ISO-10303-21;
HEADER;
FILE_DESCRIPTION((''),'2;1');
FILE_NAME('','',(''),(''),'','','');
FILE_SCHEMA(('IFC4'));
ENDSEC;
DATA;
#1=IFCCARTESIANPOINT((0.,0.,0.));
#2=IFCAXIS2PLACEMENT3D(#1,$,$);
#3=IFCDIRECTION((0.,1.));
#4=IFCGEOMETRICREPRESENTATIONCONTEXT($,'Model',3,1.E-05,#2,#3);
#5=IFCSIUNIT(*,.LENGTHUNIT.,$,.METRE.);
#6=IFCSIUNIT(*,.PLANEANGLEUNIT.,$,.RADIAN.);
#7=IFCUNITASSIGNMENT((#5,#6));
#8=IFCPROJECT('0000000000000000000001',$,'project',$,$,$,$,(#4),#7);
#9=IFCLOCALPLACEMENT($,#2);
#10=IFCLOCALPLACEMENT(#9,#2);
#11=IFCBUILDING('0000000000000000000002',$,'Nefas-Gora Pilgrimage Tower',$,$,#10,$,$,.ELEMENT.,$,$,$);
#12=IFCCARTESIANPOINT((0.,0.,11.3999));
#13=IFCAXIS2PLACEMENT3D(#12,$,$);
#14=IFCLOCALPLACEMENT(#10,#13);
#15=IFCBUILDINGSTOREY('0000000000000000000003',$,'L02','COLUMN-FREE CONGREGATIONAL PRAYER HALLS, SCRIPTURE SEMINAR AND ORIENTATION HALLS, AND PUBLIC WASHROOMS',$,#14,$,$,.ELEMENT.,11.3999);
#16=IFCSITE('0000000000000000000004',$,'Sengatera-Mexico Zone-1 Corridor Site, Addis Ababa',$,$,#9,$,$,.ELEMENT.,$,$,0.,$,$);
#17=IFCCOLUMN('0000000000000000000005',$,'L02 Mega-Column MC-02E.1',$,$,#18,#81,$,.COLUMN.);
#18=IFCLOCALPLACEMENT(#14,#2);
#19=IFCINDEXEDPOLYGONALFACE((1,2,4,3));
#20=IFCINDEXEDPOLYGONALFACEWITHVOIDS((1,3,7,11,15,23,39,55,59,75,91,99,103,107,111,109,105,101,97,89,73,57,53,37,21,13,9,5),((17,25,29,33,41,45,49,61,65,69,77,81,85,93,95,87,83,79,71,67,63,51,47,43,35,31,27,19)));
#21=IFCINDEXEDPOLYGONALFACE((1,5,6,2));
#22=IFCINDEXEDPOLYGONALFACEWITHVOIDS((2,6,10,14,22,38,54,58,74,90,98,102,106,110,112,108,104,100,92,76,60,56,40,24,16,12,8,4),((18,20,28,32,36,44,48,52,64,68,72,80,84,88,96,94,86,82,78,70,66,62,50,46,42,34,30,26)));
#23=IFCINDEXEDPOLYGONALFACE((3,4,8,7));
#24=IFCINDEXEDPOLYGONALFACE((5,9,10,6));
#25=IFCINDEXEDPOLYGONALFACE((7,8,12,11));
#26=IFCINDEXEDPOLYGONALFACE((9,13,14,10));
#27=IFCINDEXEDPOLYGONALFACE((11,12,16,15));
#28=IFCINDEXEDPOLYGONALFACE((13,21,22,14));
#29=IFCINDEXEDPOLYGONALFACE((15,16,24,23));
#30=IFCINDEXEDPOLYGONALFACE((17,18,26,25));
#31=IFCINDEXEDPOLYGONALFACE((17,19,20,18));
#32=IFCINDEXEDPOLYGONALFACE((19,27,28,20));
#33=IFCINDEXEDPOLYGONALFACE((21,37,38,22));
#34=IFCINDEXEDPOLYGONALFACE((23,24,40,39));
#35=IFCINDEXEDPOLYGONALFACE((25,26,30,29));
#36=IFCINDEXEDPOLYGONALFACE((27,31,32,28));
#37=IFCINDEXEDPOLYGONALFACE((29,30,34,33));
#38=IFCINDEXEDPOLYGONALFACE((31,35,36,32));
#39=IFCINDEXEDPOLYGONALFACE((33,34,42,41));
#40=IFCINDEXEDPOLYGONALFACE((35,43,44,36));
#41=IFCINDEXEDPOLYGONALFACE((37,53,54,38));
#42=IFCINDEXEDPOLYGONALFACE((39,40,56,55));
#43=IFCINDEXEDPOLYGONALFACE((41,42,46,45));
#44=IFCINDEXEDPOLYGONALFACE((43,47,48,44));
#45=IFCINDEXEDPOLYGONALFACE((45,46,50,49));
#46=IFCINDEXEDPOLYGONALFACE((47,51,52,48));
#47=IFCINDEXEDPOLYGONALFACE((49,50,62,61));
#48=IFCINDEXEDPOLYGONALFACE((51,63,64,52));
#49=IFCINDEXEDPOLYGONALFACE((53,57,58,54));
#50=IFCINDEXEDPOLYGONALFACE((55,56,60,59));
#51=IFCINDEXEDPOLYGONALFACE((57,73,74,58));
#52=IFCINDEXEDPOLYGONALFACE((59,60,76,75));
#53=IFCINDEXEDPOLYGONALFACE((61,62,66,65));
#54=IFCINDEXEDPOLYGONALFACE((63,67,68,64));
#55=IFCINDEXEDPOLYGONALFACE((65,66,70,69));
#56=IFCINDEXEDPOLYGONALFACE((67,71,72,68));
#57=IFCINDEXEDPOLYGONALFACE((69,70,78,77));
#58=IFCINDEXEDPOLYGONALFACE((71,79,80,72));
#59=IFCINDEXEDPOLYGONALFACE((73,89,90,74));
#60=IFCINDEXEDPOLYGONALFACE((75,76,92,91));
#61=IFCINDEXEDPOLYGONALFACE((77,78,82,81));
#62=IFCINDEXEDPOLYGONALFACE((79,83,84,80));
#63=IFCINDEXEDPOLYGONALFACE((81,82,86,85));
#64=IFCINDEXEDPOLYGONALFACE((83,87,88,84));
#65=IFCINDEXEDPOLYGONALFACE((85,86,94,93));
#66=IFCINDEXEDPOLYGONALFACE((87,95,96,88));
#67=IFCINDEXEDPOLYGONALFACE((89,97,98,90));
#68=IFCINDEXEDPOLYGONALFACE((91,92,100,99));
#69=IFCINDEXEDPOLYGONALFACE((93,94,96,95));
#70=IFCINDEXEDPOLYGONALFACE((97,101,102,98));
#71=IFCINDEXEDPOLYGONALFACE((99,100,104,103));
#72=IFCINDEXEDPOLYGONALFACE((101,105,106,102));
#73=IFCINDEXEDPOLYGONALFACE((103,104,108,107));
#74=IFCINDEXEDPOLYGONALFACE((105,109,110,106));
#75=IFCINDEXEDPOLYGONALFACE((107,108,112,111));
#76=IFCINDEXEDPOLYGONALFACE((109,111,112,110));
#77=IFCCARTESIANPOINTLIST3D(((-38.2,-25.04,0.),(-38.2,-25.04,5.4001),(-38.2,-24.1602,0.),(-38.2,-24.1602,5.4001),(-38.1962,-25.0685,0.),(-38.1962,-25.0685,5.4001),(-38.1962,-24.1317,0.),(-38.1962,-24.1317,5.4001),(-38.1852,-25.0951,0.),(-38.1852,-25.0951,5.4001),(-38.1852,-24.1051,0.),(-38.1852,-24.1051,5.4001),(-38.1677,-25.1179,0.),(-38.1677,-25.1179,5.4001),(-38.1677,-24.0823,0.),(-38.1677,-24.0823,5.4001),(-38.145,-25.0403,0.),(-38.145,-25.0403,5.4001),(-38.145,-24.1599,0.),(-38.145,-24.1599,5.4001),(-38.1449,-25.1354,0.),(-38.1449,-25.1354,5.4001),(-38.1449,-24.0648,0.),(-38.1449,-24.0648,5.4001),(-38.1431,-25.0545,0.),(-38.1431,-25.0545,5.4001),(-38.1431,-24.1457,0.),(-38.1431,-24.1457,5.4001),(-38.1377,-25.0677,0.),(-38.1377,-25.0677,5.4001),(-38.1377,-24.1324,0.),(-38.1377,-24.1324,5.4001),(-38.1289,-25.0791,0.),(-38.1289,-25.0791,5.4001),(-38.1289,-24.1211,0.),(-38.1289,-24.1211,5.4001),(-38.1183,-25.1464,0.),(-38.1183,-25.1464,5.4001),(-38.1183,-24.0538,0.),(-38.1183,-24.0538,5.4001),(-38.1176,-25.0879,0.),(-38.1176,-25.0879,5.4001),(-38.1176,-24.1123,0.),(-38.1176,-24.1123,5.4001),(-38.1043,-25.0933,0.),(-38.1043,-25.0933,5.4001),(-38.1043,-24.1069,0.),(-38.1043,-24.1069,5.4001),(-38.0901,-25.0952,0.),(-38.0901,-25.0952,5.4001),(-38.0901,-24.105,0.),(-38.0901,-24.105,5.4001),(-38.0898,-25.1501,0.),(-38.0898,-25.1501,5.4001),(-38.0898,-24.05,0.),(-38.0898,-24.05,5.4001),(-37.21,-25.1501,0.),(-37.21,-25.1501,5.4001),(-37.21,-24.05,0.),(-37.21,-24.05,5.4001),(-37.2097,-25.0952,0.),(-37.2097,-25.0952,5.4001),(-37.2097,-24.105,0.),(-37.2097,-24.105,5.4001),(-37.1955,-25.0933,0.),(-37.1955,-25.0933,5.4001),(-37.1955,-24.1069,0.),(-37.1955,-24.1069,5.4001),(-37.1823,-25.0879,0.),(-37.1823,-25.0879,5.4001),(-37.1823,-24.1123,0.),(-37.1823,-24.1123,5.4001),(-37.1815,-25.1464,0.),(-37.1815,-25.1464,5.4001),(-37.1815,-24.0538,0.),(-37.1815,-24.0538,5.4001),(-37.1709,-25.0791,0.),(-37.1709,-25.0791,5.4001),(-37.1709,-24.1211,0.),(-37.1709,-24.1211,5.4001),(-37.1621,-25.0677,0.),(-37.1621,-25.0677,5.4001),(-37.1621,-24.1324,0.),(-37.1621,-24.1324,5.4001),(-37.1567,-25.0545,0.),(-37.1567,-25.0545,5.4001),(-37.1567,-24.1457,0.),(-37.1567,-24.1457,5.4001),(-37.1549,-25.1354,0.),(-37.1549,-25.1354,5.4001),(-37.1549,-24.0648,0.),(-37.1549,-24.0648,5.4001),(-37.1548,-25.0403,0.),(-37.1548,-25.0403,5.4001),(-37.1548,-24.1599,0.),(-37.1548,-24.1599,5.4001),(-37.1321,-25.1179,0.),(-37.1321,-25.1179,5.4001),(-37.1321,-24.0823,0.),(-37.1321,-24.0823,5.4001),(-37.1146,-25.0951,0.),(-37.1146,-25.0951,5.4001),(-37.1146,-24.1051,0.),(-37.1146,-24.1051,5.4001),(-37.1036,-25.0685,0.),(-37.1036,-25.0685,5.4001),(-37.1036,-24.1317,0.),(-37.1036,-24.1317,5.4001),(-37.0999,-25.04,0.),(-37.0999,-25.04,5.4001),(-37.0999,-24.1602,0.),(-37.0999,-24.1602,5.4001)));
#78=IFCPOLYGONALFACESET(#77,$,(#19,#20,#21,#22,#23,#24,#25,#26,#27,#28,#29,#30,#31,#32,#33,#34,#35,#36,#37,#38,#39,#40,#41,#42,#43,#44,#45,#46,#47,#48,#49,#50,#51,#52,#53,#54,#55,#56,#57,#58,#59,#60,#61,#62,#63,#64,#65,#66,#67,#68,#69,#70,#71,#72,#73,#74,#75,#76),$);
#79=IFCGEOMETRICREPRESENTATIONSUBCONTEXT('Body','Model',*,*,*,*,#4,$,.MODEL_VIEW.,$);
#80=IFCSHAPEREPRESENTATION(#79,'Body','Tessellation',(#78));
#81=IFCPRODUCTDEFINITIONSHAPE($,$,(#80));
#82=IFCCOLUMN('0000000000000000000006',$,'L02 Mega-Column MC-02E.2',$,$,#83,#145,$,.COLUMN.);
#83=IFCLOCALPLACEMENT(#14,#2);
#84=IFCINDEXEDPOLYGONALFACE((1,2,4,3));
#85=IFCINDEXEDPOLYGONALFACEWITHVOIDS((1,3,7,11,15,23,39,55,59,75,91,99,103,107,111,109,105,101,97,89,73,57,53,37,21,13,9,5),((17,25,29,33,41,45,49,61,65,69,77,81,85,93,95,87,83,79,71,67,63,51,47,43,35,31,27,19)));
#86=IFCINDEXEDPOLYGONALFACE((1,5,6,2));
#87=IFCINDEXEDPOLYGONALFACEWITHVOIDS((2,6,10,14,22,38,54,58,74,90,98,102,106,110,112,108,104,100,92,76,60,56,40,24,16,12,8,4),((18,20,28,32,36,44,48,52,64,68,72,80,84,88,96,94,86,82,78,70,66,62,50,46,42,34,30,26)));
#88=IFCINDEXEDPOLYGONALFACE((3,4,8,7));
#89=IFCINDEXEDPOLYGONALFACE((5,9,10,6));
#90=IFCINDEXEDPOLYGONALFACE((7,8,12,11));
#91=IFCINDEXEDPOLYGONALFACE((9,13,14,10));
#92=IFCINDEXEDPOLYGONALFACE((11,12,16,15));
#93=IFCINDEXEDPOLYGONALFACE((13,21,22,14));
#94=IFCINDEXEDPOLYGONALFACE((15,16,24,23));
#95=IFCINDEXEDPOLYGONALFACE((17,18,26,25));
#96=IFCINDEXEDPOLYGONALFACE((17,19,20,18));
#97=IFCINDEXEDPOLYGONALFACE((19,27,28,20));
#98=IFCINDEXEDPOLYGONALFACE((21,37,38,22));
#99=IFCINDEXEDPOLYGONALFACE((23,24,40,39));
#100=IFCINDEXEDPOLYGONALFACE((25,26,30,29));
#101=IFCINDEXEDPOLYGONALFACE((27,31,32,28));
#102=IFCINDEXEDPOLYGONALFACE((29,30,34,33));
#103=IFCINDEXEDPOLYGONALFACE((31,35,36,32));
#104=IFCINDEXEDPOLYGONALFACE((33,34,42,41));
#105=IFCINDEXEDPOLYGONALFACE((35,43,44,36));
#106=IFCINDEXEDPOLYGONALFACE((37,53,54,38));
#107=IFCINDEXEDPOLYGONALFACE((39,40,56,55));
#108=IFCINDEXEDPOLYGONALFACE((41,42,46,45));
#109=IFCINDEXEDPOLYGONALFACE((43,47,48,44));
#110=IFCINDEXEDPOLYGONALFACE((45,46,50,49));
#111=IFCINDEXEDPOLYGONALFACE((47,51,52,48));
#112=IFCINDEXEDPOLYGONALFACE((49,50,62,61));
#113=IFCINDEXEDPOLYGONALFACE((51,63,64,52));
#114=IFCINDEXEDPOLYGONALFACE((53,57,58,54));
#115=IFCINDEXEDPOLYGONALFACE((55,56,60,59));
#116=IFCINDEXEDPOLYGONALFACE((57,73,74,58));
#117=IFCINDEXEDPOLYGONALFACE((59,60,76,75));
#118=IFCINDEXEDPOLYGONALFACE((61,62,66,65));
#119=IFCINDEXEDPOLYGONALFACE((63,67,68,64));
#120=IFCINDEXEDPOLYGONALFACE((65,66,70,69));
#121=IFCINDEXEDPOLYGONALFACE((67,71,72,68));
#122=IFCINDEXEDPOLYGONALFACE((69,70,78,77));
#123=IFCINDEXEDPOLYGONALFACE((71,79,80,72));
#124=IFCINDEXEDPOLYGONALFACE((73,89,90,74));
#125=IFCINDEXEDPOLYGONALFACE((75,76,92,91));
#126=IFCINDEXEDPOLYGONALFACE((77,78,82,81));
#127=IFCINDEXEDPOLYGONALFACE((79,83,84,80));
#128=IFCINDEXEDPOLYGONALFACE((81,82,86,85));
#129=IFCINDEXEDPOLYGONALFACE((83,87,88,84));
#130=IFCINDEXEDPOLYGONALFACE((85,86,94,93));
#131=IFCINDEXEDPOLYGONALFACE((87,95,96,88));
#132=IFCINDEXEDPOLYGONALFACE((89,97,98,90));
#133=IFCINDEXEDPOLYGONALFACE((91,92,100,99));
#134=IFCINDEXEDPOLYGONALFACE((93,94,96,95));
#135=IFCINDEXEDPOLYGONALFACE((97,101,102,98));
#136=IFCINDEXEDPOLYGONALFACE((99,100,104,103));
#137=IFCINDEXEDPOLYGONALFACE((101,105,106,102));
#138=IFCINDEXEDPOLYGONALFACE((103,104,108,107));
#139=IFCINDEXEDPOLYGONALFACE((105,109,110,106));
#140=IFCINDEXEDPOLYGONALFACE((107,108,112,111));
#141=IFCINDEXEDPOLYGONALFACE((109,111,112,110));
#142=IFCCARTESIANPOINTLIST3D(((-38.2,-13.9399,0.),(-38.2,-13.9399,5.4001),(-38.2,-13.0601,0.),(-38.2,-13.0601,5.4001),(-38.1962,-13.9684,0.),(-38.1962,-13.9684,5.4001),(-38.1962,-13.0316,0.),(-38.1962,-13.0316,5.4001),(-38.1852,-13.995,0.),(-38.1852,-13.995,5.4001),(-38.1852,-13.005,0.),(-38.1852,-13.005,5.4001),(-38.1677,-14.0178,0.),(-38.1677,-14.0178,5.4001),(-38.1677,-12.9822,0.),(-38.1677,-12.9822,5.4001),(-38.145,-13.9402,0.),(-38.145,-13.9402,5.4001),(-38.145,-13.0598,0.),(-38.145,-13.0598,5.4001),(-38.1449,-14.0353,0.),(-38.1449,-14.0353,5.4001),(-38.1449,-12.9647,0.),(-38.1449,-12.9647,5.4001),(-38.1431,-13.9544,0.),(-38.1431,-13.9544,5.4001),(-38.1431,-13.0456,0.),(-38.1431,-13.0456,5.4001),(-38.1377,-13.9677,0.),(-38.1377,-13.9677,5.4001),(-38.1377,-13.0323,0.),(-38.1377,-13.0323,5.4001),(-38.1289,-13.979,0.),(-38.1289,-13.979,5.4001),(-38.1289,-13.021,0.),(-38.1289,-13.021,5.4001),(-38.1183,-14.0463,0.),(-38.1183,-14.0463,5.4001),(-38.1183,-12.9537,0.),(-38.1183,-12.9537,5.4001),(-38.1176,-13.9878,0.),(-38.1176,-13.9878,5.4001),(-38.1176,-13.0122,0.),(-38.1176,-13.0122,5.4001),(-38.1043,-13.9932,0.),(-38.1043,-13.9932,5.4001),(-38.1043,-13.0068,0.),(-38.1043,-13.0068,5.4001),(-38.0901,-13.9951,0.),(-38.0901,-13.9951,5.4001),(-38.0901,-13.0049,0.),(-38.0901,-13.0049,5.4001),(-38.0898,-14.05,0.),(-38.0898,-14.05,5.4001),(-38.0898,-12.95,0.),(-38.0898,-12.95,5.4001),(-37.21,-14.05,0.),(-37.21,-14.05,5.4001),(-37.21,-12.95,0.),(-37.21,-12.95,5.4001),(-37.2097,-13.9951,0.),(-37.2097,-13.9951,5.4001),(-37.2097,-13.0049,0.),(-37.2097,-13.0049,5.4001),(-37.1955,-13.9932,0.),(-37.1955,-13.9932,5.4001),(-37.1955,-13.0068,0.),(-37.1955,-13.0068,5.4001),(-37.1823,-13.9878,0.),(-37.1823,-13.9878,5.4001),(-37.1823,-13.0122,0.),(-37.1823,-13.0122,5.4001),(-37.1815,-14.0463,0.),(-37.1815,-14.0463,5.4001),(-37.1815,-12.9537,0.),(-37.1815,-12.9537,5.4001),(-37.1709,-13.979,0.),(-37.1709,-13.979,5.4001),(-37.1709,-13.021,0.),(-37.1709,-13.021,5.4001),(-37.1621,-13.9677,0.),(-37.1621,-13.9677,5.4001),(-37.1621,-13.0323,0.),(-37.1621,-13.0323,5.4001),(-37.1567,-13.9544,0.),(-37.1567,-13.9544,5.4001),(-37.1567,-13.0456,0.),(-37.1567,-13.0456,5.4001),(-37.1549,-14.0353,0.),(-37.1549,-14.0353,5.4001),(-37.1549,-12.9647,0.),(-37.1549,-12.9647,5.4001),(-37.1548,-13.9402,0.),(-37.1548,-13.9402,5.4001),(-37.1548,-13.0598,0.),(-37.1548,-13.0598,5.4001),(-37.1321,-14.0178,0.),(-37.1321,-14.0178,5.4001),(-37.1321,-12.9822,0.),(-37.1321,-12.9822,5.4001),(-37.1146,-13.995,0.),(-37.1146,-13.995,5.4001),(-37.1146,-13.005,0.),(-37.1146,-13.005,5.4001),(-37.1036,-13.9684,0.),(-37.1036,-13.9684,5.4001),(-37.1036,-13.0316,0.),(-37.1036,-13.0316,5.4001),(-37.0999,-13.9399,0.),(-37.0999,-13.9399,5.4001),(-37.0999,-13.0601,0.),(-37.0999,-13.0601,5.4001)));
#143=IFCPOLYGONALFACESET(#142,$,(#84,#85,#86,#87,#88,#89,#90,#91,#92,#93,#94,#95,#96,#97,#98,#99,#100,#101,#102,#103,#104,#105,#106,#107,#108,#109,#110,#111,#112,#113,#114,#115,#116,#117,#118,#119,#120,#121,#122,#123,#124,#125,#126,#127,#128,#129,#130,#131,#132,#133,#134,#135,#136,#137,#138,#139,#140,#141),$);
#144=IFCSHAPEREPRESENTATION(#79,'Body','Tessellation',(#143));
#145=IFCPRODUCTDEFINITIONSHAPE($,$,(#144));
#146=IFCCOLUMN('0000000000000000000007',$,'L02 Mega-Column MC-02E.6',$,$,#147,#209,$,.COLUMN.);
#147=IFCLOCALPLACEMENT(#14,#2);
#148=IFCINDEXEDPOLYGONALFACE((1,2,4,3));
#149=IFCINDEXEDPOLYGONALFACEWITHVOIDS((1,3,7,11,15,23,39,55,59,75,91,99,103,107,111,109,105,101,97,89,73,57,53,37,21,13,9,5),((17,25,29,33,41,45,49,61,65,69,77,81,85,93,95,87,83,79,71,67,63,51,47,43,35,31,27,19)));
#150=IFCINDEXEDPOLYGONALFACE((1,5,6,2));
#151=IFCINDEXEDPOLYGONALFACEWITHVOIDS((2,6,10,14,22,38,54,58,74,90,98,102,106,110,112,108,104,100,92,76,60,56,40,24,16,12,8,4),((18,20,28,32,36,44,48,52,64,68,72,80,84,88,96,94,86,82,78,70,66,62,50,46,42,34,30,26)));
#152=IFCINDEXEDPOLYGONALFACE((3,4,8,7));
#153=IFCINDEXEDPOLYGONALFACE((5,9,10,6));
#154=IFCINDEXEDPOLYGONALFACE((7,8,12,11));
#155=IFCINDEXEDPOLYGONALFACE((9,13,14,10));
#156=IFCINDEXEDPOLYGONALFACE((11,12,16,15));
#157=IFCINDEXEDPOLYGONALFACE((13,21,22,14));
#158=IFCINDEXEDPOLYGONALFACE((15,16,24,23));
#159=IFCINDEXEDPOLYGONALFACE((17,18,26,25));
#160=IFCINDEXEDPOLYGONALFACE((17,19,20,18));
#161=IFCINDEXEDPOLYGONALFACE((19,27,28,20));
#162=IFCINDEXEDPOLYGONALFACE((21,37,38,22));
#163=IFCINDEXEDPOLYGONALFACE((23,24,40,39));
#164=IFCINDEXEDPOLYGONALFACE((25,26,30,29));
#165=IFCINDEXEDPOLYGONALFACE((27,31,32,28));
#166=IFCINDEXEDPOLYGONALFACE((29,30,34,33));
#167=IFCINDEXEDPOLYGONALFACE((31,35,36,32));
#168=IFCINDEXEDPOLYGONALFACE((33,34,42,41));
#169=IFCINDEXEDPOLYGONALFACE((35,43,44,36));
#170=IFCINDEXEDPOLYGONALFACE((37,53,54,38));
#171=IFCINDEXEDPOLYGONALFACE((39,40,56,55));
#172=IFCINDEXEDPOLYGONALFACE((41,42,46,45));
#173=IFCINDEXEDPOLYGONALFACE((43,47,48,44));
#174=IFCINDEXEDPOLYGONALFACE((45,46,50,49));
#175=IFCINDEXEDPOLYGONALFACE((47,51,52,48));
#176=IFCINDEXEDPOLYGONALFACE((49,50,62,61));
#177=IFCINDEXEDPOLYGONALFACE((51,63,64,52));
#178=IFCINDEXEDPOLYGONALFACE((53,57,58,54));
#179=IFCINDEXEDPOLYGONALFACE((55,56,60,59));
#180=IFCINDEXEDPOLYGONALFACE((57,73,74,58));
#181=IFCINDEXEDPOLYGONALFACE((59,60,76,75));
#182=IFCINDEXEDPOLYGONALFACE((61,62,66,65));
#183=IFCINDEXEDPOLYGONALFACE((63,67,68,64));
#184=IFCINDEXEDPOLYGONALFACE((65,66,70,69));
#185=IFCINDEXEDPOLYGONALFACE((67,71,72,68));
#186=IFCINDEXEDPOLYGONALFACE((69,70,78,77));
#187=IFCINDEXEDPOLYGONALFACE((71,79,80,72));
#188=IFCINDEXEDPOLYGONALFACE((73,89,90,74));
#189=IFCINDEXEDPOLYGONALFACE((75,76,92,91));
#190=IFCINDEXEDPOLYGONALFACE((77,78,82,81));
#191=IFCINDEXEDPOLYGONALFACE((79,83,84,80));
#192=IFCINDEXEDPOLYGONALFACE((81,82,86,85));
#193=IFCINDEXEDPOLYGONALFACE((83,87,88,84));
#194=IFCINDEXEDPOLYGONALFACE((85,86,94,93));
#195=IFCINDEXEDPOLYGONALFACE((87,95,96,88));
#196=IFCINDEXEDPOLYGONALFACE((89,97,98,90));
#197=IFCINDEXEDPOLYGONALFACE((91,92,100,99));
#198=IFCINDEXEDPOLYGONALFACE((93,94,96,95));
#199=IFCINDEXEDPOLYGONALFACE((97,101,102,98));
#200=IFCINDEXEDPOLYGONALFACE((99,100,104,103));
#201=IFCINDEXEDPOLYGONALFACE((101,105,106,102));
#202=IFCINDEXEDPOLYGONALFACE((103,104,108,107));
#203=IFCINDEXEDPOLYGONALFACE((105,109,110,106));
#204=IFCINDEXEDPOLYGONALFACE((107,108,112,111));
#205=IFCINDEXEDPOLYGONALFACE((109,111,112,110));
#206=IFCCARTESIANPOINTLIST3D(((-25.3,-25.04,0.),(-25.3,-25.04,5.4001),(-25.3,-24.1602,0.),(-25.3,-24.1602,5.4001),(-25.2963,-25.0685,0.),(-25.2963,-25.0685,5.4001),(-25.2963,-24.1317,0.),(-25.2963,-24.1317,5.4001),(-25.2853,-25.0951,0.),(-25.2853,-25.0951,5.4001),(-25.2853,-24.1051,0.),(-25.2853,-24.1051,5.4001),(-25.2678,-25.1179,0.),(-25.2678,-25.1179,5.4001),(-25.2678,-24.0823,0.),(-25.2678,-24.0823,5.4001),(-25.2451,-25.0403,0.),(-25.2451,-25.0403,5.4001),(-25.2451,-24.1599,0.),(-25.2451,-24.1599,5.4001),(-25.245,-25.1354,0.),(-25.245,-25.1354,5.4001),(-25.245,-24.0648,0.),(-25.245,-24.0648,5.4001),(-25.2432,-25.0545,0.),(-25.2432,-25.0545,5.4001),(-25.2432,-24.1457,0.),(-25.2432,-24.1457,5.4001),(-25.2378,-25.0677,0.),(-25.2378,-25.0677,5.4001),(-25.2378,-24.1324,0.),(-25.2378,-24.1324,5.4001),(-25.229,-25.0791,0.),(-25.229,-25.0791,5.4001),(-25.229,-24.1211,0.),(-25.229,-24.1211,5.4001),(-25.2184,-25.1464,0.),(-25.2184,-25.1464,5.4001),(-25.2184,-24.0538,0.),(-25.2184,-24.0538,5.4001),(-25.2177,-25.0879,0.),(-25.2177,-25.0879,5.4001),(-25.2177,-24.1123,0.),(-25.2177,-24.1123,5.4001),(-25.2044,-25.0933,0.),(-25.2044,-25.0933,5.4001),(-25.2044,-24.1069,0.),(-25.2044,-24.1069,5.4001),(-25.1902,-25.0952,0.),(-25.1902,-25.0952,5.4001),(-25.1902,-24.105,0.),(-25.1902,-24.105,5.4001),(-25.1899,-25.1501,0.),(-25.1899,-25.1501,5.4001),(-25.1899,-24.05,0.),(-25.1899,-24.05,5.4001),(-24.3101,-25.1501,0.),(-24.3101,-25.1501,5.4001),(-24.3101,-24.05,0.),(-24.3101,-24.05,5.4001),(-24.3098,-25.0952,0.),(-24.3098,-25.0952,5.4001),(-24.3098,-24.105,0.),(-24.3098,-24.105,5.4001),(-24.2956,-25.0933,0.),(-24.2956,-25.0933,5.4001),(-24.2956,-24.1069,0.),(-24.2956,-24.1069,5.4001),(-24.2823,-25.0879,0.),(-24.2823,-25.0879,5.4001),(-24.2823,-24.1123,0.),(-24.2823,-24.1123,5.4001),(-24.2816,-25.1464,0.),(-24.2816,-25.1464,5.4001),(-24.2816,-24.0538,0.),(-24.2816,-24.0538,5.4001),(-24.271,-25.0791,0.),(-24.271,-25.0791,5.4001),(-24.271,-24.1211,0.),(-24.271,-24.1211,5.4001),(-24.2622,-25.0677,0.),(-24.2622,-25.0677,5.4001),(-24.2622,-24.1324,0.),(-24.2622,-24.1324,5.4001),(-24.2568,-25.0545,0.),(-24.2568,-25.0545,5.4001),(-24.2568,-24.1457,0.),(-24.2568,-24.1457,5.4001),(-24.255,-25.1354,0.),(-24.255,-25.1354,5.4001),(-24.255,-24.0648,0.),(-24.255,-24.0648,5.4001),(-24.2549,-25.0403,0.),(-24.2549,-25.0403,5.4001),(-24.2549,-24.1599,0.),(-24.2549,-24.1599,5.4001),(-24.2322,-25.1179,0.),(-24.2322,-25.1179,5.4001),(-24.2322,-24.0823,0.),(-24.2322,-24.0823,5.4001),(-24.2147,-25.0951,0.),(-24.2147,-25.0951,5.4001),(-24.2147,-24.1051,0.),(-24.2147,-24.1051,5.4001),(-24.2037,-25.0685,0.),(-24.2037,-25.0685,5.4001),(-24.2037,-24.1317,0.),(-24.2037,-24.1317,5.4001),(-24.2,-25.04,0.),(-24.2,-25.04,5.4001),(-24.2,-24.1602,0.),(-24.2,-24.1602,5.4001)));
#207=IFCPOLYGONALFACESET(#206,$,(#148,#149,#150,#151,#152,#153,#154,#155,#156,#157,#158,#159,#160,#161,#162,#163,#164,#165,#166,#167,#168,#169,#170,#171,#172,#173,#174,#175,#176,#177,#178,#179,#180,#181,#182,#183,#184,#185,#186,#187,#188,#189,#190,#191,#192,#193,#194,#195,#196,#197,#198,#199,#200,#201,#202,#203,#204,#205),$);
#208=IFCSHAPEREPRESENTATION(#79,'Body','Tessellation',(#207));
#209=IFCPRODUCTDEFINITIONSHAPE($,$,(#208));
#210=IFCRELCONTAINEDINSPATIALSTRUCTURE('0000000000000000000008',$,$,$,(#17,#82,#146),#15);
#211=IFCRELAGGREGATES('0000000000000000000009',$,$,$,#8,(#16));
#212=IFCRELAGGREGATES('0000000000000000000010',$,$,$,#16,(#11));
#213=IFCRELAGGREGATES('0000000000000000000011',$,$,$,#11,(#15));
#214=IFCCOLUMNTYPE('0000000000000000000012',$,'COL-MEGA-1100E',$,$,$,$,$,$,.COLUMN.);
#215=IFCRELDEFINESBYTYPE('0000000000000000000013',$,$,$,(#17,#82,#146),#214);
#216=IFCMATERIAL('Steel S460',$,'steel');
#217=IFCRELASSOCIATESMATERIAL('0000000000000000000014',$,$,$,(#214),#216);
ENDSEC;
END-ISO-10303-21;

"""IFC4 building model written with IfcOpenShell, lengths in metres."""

from ifc_helpers import new_model, si_unit, direction, frame, origin, origin_2d, place, context, subcontext, project, spatial, hollow_rectangle, extrude, source, transform, mapped, material, material_profile, profile_set, type_object, element, save


model = new_model("IFC4")

# Units and contexts
model_context = context("Model", 3, precision=1e-05, world=origin(), true_north=direction((0.0, 1.0)))
body_context = subcontext(model_context, "Body", "Model", "MODEL_VIEW")
ifc_project = project(units=[si_unit("LENGTHUNIT", "METRE"), si_unit("PLANEANGLEUNIT", "RADIAN")], contexts=[model_context])

# Site, building, storey
site_placement = place(None, origin())
site = spatial("IfcSite", under=ifc_project, at=site_placement, Name="Sengatera-Mexico Zone-1 Corridor Site, Addis Ababa", CompositionType="ELEMENT", RefElevation=0.0)
building_placement = place(site_placement, origin())
building = spatial("IfcBuilding", under=site, at=building_placement, Name="Nefas-Gora Pilgrimage Tower", CompositionType="ELEMENT")
storey_placement = place(building_placement, frame((0.0, 0.0, 11.3999)))
storey = spatial("IfcBuildingStorey", under=building, at=storey_placement, Name="L02", Description="COLUMN-FREE CONGREGATIONAL PRAYER HALLS, SCRIPTURE SEMINAR AND ORIENTATION HALLS, AND PUBLIC WASHROOMS", CompositionType="ELEMENT", Elevation=11.3999)

# Columns
ifc_material_1 = material(Name="Steel S460", Category="steel")
ifc_material_profile_1 = material_profile(ifc_material_1, hollow_rectangle(XDim=1.1001, YDim=1.1001, WallThickness=0.0549, InnerFilletRadius=0.0549, OuterFilletRadius=0.1101, at=origin_2d()), Name="BOX 1100x1100x55")
ifc_profile_set_1 = profile_set([ifc_material_profile_1], Name="Steel S460")
column_type_1 = type_object("IfcColumnType", Name="COL-MEGA-1100E", PredefinedType="COLUMN", material=ifc_profile_set_1)
shared_shape_1 = source(origin(), body_context, "Body", "SweptSolid", [
    extrude(hollow_rectangle(XDim=1.1001, YDim=1.1001, WallThickness=0.0549, InnerFilletRadius=0.0549, OuterFilletRadius=0.1101, at=origin_2d()), origin(), (0.0, 0.0, 1.0), 5.4001),
])
for number, where, z_axis, x_axis, name in (
    (1, (-37.6499, -24.6001, 0.0), (0.0, 0.0, 1.0), (1.0, 0.0, 0.0), "L02 Mega-Column MC-02E.1"),
    (2, (-37.6499, -13.5, 0.0), (0.0, 0.0, 1.0), (1.0, 0.0, 0.0), "L02 Mega-Column MC-02E.2"),
    (3, (-24.75, -24.6001, 0.0), (0.0, 0.0, 1.0), (1.0, 0.0, 0.0), "L02 Mega-Column MC-02E.6"),
):
    element("IfcColumn", number, at=place(storey_placement, frame(where, z_axis=z_axis, x_axis=x_axis)), inside=storey, type_object=column_type_1, Name=name, PredefinedType="COLUMN", context=body_context, shape_type="MappedRepresentation", body=[
        mapped(shared_shape_1, transform((0.0, 0.0, 0.0), x_axis=(1.0, 0.0, 0.0), y_axis=(0.0, 1.0, 0.0), z_axis=(0.0, 0.0, 1.0), scale=1.0)),
    ])

save(model, "model.ifc")
